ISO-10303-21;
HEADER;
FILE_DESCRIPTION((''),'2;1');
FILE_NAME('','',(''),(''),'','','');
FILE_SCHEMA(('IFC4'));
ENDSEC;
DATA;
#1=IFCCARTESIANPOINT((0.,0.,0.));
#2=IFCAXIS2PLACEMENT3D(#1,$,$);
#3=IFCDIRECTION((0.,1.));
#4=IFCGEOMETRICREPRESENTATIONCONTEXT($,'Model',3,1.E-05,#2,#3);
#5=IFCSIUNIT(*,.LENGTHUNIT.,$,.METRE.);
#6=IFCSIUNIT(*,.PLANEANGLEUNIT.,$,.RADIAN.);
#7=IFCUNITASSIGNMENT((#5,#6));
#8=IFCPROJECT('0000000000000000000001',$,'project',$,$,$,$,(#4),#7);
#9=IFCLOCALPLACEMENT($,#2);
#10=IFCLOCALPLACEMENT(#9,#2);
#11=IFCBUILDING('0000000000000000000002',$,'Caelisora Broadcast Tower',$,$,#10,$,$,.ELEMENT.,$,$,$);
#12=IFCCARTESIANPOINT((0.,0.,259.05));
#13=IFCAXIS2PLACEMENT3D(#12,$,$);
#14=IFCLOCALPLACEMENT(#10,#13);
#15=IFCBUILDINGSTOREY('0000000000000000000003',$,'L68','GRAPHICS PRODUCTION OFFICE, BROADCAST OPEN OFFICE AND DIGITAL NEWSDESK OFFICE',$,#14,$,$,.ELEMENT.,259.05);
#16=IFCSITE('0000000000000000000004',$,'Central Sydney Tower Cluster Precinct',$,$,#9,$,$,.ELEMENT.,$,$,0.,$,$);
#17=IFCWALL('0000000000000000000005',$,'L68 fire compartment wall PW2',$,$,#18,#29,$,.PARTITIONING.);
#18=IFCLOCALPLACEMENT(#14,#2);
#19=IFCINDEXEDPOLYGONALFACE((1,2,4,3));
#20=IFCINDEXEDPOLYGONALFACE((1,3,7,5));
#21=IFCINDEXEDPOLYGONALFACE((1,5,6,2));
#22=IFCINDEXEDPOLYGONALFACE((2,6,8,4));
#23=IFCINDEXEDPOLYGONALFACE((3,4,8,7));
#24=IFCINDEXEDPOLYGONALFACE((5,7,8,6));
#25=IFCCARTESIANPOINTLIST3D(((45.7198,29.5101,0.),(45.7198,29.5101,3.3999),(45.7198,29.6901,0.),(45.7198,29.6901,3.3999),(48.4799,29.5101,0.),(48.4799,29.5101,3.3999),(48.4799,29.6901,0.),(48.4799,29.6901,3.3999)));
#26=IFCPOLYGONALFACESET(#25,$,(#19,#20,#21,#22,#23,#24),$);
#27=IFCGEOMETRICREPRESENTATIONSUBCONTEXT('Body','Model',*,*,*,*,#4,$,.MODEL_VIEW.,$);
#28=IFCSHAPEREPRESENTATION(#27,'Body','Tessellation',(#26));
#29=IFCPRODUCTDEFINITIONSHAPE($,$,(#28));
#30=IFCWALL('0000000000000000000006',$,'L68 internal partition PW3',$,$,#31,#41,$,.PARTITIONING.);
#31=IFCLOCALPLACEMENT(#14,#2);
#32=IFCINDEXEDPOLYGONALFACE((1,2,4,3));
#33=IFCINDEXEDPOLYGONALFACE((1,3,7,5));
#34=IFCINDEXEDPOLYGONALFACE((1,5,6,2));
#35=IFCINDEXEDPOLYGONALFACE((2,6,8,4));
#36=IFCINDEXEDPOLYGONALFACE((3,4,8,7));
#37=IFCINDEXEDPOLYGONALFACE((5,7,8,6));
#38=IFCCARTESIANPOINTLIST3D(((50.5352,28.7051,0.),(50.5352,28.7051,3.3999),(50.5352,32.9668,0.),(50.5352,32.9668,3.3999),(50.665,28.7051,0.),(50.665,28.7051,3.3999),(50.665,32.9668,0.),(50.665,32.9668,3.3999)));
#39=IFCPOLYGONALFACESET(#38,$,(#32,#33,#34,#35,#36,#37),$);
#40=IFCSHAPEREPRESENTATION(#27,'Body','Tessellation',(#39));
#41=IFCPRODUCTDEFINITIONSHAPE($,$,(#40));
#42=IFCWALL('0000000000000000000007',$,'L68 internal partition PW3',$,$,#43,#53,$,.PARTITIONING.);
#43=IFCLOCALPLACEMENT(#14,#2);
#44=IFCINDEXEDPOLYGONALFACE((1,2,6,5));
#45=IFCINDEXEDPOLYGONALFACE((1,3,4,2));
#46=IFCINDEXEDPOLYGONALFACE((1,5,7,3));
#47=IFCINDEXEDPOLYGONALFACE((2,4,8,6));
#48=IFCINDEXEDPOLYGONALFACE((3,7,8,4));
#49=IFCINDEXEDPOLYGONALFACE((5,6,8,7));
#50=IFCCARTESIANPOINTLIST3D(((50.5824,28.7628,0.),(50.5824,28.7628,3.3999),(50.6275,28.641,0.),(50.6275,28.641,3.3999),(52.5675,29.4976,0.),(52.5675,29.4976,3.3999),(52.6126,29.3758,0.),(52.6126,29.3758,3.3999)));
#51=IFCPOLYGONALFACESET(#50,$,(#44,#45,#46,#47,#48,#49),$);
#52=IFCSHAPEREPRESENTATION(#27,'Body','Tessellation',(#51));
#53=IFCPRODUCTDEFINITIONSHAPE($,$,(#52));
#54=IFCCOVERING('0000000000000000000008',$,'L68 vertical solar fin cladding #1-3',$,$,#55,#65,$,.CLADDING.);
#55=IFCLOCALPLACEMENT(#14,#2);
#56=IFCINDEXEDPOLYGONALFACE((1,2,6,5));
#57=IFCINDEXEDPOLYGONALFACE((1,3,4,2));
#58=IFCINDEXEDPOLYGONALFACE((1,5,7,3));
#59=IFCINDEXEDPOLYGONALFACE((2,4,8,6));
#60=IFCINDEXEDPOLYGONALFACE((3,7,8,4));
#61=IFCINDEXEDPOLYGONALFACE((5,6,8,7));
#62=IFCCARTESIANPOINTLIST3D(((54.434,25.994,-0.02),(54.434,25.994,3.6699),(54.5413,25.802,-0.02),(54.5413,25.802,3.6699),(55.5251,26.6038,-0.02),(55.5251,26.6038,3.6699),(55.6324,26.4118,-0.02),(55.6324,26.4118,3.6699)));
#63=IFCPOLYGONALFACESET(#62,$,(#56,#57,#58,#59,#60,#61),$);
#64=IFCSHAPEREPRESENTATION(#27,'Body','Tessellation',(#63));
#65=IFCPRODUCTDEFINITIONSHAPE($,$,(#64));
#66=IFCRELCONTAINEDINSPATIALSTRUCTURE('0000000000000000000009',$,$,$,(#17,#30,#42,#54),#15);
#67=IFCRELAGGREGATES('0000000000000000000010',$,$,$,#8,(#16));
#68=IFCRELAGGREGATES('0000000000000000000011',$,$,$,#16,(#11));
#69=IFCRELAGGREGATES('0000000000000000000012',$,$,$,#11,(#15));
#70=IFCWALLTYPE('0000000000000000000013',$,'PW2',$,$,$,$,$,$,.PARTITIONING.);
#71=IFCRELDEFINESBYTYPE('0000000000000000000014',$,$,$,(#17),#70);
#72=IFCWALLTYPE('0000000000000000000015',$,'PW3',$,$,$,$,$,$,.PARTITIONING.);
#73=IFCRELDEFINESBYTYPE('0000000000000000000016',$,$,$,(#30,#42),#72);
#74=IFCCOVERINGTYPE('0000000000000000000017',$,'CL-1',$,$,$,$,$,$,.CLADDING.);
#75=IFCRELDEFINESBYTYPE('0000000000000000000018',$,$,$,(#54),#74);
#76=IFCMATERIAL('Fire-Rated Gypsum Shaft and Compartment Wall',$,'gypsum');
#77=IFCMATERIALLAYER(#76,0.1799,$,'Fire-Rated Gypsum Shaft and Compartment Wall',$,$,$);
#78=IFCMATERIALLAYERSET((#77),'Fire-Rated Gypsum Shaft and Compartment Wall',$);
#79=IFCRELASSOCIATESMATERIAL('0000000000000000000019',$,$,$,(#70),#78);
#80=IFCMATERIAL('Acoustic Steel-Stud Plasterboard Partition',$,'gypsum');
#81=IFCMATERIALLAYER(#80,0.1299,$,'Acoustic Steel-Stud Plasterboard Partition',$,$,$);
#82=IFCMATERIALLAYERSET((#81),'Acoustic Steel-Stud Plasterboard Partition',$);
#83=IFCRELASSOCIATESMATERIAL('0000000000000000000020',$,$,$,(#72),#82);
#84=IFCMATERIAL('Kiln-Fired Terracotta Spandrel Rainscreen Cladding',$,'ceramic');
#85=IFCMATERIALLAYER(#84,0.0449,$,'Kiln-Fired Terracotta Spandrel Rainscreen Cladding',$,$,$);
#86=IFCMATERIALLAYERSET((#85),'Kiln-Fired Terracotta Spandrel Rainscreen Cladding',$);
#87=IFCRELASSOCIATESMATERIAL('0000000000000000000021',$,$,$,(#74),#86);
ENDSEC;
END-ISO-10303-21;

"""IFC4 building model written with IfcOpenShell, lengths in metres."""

from ifc_helpers import new_model, si_unit, direction, frame, frame_2d, origin, origin_2d, place, context, subcontext, project, spatial, rectangle, extrude, source, transform, mapped, material, layer, layer_set, type_object, type_shapes, element, save


model = new_model("IFC4")

# Units and contexts
model_context = context("Model", 3, precision=1e-05, world=origin(), true_north=direction((0.0, 1.0)))
body_context = subcontext(model_context, "Body", "Model", "MODEL_VIEW")
ifc_project = project(units=[si_unit("LENGTHUNIT", "METRE"), si_unit("PLANEANGLEUNIT", "RADIAN")], contexts=[model_context])

# Site, building, storey
site_placement = place(None, origin())
site = spatial("IfcSite", under=ifc_project, at=site_placement, Name="Central Sydney Tower Cluster Precinct", CompositionType="ELEMENT", RefElevation=0.0)
building_placement = place(site_placement, origin())
building = spatial("IfcBuilding", under=site, at=building_placement, Name="Caelisora Broadcast Tower", CompositionType="ELEMENT")
storey_placement = place(building_placement, frame((0.0, 0.0, 259.05)))
storey = spatial("IfcBuildingStorey", under=building, at=storey_placement, Name="L68", Description="GRAPHICS PRODUCTION OFFICE, BROADCAST OPEN OFFICE AND DIGITAL NEWSDESK OFFICE", CompositionType="ELEMENT", Elevation=259.05)

# Shared definitions
ifc_material_1 = material(Name="Fire-Rated Gypsum Shaft and Compartment Wall", Category="gypsum")
ifc_layer_1 = layer(ifc_material_1, 0.1799, Name="Fire-Rated Gypsum Shaft and Compartment Wall")
ifc_layer_set_1 = layer_set([ifc_layer_1], Name="Fire-Rated Gypsum Shaft and Compartment Wall")
wall_type_1 = type_object("IfcWallType", Name="PW2", PredefinedType="PARTITIONING", material=ifc_layer_set_1)

# Walls
for number, where, z_axis, x_axis, name in (
    (1, (45.72, 29.6001, 0.0), (0.0, 0.0, 1.0), (1.0, 0.0, 0.0), "L68 fire compartment wall PW2"),
):
    element("IfcWall", number, at=place(storey_placement, frame(where, z_axis=z_axis, x_axis=x_axis)), inside=storey, type_object=wall_type_1, Name=name, PredefinedType="PARTITIONING", context=body_context, shape_type="SweptSolid", body=[
        extrude(rectangle(XDim=2.76, YDim=0.1799, at=frame_2d((1.3799, 0.0))), origin(), (0.0, 0.0, 1.0), 3.3999),
    ])
ifc_material_2 = material(Name="Acoustic Steel-Stud Plasterboard Partition", Category="gypsum")
ifc_layer_2 = layer(ifc_material_2, 0.1299, Name="Acoustic Steel-Stud Plasterboard Partition")
ifc_layer_set_2 = layer_set([ifc_layer_2], Name="Acoustic Steel-Stud Plasterboard Partition")
wall_type_2 = type_object("IfcWallType", Name="PW3", PredefinedType="PARTITIONING", material=ifc_layer_set_2)
wall_1_placement = place(storey_placement, frame((50.6001, 28.7051, 0.0), z_axis=(0.0, 0.0, 1.0), x_axis=(0.0, 1.0, 0.0)))
element("IfcWall", 2, at=wall_1_placement, inside=storey, type_object=wall_type_2, Name="L68 internal partition PW3", PredefinedType="PARTITIONING", context=body_context, shape_type="SweptSolid", body=[
    extrude(rectangle(XDim=4.2617, YDim=0.1299, at=frame_2d((2.1309, 0.0))), origin(), (0.0, 0.0, 1.0), 3.3999),
])
wall_2_placement = place(storey_placement, frame((50.605, 28.7019, 0.0), z_axis=(0.0, 0.0, 1.0), x_axis=(0.937804, 0.347164, 0.0)))
element("IfcWall", 3, at=wall_2_placement, inside=storey, type_object=wall_type_2, Name="L68 internal partition PW3", PredefinedType="PARTITIONING", context=body_context, shape_type="SweptSolid", body=[
    extrude(rectangle(XDim=2.1167, YDim=0.1299, at=frame_2d((1.0583, 0.0))), origin(), (0.0, 0.0, 1.0), 3.3999),
])

# Covering
ifc_material_3 = material(Name="Kiln-Fired Terracotta Spandrel Rainscreen Cladding", Category="ceramic")
ifc_layer_3 = layer(ifc_material_3, 0.0449, Name="Kiln-Fired Terracotta Spandrel Rainscreen Cladding")
ifc_layer_set_3 = layer_set([ifc_layer_3], Name="Kiln-Fired Terracotta Spandrel Rainscreen Cladding")
covering_type = type_object("IfcCoveringType", Name="CL-1", PredefinedType="CLADDING", material=ifc_layer_set_3)
shared_shape_1 = source(origin(), body_context, "Body", "SweptSolid", [
    extrude(rectangle(XDim=0.22, YDim=1.25, at=origin_2d()), origin(), (0.0, 0.0, 1.0), 3.6899),
])
type_shapes(covering_type, [shared_shape_1])
covering_placement = place(storey_placement, frame((55.0332, 26.2029, -0.02), z_axis=(0.0, 0.0, 1.0), x_axis=(0.48786, -0.872922, 0.0)))
element("IfcCovering", 4, at=covering_placement, inside=storey, type_object=covering_type, Name="L68 vertical solar fin cladding #1-3", PredefinedType="CLADDING", context=body_context, shape_type="MappedRepresentation", body=[
    mapped(shared_shape_1, transform((0.0, 0.0, 0.0), scale=1.0)),
])

save(model, "model.ifc")
